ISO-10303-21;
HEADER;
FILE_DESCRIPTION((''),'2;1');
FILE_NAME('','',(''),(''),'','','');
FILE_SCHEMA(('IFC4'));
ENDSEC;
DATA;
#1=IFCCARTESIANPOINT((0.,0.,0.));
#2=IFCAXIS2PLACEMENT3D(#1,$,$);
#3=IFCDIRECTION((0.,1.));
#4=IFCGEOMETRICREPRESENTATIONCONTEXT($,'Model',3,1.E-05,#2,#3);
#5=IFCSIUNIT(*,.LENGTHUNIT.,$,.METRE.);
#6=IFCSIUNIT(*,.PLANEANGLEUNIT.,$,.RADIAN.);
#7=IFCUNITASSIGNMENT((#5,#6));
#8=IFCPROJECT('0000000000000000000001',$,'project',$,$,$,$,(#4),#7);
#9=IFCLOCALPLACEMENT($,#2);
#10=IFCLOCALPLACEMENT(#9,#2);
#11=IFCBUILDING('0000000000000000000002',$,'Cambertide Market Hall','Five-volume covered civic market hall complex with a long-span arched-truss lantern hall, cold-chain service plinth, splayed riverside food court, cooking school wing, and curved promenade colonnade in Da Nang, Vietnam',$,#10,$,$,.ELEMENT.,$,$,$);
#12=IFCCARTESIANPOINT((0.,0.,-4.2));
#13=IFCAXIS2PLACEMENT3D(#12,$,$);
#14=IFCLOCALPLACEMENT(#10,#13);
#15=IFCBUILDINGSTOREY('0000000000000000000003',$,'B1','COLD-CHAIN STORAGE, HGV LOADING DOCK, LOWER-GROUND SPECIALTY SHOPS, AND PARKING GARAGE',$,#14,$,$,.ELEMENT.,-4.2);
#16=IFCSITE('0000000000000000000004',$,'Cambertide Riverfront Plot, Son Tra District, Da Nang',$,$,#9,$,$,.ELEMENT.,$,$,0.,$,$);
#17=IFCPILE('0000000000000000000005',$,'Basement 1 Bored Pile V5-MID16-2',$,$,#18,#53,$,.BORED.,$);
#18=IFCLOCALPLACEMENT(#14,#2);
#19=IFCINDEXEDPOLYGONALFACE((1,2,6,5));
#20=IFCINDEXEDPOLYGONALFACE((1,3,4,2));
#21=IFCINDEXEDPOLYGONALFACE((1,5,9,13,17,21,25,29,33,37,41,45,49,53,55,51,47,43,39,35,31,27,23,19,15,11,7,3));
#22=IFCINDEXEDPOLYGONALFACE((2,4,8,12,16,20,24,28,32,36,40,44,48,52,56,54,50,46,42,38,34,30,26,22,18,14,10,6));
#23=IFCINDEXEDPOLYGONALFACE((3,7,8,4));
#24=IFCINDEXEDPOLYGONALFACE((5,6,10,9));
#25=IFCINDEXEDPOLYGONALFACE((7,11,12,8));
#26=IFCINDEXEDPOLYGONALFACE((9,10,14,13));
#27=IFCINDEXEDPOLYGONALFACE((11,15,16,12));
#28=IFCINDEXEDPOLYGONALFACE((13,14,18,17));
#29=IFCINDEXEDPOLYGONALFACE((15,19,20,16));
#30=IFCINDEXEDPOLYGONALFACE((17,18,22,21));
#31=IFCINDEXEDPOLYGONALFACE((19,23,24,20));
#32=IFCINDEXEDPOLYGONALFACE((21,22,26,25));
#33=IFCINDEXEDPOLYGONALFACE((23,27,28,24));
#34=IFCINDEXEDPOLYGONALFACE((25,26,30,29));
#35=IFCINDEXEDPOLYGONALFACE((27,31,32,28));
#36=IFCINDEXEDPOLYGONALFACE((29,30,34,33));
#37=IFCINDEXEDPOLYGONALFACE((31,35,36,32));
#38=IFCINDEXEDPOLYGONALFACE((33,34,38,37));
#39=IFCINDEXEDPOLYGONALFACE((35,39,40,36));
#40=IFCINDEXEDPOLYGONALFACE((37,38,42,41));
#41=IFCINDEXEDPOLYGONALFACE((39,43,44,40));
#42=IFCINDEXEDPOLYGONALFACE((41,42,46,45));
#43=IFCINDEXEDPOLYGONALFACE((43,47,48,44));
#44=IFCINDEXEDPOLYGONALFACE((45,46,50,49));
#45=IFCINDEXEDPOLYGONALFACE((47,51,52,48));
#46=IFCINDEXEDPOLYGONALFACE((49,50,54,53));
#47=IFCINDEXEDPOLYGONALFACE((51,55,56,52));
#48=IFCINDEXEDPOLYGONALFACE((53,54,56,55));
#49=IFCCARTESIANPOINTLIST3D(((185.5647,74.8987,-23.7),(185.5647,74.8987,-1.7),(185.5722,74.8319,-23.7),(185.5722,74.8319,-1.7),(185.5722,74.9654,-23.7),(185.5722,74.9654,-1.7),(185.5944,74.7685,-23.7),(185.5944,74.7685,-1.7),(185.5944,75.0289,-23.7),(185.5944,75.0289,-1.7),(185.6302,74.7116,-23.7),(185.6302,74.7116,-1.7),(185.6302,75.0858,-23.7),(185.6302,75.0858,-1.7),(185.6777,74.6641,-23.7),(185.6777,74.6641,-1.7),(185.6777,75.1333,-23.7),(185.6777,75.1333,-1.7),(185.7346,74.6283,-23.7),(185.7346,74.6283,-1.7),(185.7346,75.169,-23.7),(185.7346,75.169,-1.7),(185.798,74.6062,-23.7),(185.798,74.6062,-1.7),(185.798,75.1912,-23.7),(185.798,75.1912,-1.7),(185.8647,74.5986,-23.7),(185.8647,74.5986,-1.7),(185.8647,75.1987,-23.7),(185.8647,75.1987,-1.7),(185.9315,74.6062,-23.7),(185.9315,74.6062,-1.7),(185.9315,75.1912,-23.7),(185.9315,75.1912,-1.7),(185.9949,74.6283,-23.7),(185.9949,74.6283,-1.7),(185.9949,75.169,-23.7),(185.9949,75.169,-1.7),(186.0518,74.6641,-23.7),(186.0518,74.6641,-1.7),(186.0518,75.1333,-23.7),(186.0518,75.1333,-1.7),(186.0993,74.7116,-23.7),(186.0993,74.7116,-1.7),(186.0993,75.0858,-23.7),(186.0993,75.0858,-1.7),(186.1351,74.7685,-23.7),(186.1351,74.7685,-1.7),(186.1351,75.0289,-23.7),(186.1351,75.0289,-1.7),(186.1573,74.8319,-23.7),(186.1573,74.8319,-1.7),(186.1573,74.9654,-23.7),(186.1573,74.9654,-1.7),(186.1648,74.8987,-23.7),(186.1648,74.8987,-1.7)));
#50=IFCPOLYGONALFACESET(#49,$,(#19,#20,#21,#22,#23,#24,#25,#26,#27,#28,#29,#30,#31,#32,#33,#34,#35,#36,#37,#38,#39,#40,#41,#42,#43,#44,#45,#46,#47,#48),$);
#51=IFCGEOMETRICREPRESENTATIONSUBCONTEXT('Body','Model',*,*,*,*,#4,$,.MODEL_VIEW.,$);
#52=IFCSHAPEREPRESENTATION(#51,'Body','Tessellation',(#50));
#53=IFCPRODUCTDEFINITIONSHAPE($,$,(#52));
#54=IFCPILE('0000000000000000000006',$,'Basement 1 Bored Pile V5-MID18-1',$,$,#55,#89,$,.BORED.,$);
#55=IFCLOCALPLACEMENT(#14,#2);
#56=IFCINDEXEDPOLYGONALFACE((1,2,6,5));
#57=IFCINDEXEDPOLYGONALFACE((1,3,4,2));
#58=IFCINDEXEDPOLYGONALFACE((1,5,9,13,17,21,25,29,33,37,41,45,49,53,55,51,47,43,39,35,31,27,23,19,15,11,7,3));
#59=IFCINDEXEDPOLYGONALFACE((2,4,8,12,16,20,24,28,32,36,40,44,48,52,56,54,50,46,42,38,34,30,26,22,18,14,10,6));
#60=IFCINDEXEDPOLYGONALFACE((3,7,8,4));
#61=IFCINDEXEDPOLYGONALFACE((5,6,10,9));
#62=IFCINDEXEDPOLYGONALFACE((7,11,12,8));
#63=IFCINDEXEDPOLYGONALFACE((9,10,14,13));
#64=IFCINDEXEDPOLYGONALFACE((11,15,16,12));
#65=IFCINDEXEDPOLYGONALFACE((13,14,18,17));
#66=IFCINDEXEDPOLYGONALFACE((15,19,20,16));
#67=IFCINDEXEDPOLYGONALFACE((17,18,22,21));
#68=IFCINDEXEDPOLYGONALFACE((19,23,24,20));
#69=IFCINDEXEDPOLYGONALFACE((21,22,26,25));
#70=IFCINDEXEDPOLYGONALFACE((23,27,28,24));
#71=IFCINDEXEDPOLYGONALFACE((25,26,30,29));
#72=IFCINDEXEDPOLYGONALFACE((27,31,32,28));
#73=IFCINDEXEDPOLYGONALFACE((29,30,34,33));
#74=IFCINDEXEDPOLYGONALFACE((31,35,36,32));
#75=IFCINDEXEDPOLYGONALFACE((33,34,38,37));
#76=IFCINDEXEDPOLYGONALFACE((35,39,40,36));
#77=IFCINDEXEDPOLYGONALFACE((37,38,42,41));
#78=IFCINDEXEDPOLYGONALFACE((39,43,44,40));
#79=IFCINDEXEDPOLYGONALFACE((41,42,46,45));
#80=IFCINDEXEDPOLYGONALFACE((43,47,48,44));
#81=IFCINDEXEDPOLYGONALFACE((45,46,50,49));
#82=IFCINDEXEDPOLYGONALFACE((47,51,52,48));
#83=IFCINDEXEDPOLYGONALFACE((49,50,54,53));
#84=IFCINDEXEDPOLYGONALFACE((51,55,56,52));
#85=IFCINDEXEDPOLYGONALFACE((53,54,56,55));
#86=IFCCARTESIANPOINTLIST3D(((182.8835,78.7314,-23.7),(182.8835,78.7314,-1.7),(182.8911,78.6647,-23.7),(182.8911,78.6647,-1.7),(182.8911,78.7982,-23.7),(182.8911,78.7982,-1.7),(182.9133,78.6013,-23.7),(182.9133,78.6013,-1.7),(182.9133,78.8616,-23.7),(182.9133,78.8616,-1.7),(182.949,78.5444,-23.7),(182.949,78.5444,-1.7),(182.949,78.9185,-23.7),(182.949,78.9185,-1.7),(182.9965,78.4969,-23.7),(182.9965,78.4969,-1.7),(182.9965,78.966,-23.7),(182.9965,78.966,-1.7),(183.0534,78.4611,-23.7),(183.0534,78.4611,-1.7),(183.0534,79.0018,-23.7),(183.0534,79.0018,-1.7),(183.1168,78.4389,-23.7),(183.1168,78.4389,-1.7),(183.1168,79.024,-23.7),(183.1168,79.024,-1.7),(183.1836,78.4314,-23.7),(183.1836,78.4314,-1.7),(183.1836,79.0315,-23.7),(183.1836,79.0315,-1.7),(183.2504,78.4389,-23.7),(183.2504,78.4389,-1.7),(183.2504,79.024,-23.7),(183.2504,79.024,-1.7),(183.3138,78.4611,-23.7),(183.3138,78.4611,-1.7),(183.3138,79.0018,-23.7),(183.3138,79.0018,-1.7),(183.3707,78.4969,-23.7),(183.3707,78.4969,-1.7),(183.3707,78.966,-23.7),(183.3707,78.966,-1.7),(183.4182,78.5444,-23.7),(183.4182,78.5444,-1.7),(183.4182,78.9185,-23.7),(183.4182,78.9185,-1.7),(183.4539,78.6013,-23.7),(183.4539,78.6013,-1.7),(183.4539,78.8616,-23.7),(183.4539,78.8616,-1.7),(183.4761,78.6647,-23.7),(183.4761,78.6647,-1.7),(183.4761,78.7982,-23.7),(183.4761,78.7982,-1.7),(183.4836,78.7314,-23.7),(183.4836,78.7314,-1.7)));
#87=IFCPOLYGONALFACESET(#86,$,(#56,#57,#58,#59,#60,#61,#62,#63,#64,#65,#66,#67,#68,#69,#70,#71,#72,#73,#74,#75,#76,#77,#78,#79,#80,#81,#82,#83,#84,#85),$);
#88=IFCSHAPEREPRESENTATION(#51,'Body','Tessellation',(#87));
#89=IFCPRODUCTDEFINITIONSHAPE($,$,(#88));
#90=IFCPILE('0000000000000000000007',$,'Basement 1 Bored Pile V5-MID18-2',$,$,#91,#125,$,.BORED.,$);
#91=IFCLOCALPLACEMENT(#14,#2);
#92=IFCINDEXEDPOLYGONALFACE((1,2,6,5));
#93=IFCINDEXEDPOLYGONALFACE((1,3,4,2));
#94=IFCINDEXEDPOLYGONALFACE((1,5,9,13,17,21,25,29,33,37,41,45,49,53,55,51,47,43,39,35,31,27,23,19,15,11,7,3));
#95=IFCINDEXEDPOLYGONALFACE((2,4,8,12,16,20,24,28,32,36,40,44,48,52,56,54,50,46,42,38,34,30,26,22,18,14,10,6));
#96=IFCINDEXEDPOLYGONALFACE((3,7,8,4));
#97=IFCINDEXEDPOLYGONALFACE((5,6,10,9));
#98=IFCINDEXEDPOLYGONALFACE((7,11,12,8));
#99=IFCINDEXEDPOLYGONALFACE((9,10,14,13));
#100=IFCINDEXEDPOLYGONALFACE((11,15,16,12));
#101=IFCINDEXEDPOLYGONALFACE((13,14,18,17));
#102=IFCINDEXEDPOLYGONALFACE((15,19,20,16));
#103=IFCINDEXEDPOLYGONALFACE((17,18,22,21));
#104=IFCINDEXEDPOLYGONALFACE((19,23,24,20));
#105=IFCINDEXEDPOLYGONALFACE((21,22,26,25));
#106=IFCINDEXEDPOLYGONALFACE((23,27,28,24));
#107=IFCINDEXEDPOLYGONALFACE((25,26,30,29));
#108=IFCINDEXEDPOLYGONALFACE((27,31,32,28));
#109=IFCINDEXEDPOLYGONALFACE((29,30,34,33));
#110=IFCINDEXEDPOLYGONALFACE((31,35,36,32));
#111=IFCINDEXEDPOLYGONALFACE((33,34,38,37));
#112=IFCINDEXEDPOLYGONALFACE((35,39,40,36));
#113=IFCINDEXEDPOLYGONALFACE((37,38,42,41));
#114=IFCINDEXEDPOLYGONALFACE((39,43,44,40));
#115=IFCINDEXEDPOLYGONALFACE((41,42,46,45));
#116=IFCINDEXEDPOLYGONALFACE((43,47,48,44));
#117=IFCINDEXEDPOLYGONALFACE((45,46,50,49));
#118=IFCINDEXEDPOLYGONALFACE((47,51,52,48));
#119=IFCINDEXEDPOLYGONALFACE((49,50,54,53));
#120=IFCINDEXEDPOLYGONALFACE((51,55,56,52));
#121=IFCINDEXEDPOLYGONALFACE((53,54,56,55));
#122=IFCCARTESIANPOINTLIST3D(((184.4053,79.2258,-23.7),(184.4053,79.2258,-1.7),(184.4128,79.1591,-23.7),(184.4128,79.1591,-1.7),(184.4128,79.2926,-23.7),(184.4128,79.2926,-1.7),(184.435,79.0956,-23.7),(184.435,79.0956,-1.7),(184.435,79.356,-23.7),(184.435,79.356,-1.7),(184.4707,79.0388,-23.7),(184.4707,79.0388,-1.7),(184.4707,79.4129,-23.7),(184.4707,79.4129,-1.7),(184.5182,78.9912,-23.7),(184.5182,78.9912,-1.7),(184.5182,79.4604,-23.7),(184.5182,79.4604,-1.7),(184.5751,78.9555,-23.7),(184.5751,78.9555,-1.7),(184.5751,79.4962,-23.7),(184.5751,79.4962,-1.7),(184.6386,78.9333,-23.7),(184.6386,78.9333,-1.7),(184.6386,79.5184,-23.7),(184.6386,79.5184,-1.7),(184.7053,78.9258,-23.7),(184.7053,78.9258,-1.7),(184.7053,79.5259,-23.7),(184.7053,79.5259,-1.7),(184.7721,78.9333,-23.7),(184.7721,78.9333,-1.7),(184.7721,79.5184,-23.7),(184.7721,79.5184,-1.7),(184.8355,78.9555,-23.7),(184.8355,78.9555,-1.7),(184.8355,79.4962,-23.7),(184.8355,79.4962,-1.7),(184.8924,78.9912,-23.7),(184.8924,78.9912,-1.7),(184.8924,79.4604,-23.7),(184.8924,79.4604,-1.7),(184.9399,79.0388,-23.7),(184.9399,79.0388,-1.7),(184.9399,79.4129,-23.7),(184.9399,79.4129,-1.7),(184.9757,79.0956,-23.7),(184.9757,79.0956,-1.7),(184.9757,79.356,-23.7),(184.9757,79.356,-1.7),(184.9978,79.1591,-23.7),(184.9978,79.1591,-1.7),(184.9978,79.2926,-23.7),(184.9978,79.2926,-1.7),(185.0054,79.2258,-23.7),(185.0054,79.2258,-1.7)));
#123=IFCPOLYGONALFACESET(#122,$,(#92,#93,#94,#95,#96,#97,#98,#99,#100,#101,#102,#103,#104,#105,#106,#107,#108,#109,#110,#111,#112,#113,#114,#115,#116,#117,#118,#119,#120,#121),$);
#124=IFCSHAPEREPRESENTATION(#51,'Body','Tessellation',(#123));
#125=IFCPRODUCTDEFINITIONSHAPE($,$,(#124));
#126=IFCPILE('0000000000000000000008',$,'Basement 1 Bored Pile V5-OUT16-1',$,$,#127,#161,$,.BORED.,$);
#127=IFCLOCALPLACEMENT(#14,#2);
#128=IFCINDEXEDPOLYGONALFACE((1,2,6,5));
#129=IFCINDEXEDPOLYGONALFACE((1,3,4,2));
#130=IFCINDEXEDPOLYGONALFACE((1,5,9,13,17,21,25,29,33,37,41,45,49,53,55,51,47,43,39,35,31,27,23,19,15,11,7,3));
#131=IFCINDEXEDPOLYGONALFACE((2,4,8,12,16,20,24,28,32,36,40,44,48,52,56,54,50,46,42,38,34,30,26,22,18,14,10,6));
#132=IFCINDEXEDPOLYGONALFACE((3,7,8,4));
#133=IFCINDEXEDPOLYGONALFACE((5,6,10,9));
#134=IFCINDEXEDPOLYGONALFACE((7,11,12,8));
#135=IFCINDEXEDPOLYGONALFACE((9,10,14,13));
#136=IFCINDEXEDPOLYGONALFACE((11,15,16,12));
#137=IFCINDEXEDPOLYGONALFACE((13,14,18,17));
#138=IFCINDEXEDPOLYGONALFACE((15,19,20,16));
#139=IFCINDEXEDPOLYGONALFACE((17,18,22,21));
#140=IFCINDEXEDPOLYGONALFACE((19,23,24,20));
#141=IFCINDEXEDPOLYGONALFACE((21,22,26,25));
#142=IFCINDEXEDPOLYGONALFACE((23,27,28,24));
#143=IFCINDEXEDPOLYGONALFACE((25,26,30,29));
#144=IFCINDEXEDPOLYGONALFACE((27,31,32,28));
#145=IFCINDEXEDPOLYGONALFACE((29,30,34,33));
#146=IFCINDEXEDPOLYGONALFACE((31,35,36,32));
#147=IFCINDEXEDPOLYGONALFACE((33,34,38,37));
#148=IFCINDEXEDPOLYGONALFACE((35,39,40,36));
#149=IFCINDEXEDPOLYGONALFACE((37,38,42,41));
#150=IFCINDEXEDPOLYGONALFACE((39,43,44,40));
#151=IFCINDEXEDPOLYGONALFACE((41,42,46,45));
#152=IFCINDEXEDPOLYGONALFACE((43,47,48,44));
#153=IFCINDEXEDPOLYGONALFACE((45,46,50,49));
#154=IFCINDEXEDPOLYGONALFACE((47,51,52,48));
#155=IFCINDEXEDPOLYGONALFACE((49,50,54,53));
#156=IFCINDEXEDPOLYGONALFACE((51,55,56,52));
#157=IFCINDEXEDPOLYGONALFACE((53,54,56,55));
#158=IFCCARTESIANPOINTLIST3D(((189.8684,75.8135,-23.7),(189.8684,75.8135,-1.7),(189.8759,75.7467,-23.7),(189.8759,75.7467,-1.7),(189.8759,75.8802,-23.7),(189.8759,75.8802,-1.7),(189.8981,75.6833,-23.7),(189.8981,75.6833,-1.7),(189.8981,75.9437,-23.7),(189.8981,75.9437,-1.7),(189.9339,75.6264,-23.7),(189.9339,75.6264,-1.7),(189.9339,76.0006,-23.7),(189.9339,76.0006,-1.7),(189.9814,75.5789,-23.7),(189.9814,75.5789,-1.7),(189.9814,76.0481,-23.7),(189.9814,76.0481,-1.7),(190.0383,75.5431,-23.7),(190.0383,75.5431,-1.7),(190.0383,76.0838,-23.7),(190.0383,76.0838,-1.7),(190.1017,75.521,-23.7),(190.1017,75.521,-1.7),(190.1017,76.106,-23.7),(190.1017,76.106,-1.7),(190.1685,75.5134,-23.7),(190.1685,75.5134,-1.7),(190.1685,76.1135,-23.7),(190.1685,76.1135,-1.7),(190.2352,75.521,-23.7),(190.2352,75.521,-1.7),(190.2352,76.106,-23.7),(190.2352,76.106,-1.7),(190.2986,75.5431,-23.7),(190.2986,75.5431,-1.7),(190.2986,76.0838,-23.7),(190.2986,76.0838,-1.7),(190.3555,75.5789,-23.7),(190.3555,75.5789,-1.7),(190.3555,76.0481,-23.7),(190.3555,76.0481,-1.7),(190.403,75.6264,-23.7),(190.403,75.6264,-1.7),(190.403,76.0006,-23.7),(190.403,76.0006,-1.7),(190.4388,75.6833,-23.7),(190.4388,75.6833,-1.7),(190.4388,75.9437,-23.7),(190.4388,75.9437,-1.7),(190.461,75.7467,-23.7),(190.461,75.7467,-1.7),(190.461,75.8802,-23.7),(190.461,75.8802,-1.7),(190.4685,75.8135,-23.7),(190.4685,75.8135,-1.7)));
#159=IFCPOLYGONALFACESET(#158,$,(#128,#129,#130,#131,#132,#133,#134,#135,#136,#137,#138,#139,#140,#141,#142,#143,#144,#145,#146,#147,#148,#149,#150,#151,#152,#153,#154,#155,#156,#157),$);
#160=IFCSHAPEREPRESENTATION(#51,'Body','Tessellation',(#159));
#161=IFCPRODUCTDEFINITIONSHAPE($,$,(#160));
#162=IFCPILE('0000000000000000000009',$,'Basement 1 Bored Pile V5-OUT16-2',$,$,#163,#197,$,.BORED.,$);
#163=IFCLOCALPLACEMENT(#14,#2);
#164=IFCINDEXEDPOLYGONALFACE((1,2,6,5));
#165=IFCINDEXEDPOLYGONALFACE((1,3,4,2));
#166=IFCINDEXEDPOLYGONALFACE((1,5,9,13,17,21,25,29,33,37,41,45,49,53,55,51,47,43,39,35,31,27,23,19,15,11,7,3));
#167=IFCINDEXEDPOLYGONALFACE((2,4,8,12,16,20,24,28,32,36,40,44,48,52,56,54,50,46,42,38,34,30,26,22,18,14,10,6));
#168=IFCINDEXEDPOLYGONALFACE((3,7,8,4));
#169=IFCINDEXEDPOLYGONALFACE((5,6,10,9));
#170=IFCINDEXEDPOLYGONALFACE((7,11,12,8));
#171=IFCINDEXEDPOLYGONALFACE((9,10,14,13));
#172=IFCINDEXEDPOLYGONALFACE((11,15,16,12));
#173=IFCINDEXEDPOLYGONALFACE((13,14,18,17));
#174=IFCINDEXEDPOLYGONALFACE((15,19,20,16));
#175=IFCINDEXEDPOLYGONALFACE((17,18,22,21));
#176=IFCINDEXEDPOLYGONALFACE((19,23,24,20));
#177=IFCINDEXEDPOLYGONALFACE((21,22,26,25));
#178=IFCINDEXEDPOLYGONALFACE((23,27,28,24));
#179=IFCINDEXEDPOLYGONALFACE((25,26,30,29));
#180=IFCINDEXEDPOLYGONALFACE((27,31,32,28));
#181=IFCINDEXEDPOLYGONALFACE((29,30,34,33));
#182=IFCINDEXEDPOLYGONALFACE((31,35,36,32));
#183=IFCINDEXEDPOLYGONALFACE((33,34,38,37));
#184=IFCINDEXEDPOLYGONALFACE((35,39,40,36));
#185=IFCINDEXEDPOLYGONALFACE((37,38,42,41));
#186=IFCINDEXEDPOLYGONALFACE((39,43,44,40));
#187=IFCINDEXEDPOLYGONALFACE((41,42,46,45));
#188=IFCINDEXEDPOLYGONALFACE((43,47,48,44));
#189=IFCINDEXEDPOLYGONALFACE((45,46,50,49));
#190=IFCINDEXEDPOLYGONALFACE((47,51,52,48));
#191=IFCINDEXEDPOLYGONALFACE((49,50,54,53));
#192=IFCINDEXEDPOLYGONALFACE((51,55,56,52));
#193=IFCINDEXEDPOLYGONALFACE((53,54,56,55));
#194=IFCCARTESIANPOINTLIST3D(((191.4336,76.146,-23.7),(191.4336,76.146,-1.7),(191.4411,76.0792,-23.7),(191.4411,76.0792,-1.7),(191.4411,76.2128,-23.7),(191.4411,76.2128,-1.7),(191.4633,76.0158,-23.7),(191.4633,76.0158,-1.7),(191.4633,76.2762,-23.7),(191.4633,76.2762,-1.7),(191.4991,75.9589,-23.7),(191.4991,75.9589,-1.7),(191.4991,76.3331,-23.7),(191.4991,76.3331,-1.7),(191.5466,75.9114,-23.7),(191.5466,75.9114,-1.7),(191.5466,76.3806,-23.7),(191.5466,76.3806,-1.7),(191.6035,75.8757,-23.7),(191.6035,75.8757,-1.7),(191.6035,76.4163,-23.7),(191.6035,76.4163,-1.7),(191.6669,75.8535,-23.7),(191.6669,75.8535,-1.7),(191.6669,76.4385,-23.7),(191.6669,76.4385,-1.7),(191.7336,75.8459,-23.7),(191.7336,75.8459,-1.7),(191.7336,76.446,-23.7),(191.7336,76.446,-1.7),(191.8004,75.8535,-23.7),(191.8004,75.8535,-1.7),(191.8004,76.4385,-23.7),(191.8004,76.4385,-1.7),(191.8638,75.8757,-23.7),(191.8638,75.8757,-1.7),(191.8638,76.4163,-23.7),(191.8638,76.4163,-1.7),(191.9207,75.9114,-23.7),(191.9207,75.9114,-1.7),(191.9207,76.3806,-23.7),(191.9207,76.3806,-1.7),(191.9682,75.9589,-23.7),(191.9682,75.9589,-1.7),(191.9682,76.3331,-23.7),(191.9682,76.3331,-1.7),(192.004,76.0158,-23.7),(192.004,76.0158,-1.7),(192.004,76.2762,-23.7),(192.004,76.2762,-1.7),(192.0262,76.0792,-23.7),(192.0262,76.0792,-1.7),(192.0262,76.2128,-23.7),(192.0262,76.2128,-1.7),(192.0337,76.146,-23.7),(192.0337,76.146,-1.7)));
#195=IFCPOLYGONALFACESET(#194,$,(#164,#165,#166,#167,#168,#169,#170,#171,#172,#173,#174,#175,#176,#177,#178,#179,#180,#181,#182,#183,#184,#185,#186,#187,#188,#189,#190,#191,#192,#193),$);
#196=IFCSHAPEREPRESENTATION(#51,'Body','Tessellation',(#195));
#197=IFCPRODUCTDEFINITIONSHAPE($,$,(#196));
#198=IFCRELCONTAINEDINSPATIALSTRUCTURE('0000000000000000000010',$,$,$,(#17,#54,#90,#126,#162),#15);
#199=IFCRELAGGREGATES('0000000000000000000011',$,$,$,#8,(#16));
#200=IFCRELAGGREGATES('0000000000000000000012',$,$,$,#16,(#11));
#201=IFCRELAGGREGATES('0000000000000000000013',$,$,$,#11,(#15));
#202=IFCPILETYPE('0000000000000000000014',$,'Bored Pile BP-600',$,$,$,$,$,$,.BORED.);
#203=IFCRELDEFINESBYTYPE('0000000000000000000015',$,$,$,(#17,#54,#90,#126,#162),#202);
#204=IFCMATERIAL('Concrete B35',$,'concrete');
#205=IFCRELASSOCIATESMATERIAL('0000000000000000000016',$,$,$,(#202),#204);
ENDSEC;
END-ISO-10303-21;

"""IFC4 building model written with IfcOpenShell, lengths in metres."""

from ifc_helpers import new_model, si_unit, direction, frame, origin, origin_2d, place, context, subcontext, project, spatial, circle, extrude, material, material_profile, profile_set, type_object, element, save


model = new_model("IFC4")

# Units and contexts
model_context = context("Model", 3, precision=1e-05, world=origin(), true_north=direction((0.0, 1.0)))
body_context = subcontext(model_context, "Body", "Model", "MODEL_VIEW")
ifc_project = project(units=[si_unit("LENGTHUNIT", "METRE"), si_unit("PLANEANGLEUNIT", "RADIAN")], contexts=[model_context])

# Site, building, storey
site_placement = place(None, origin())
site = spatial("IfcSite", under=ifc_project, at=site_placement, Name="Cambertide Riverfront Plot, Son Tra District, Da Nang", CompositionType="ELEMENT", RefElevation=0.0)
building_placement = place(site_placement, origin())
building = spatial("IfcBuilding", under=site, at=building_placement, Name="Cambertide Market Hall", Description="Five-volume covered civic market hall complex with a long-span arched-truss lantern hall, cold-chain service plinth, splayed riverside food court, cooking school wing, and curved promenade colonnade in Da Nang, Vietnam", CompositionType="ELEMENT")
storey_placement = place(building_placement, frame((0.0, 0.0, -4.2)))
storey = spatial("IfcBuildingStorey", under=building, at=storey_placement, Name="B1", Description="COLD-CHAIN STORAGE, HGV LOADING DOCK, LOWER-GROUND SPECIALTY SHOPS, AND PARKING GARAGE", CompositionType="ELEMENT", Elevation=-4.2)

# Piles
ifc_material_1 = material(Name="Concrete B35", Category="concrete")
ifc_material_profile_1 = material_profile(ifc_material_1, circle(Radius=0.3, at=origin_2d()), Name="BP D600")
ifc_profile_set_1 = profile_set([ifc_material_profile_1], Name="Concrete B35")
pile_type_1 = type_object("IfcPileType", Name="Bored Pile BP-600", PredefinedType="BORED", material=ifc_profile_set_1)
for number, where, z_axis, x_axis, name in (
    (1, (185.8647, 74.8987, -1.7), (0.0, 0.0, -1.0), (1.0, 0.0, 0.0), "Basement 1 Bored Pile V5-MID16-2"),
    (2, (183.1836, 78.7314, -1.7), (0.0, 0.0, -1.0), (1.0, 0.0, 0.0), "Basement 1 Bored Pile V5-MID18-1"),
    (3, (184.7053, 79.2258, -1.7), (0.0, 0.0, -1.0), (1.0, 0.0, 0.0), "Basement 1 Bored Pile V5-MID18-2"),
    (4, (190.1685, 75.8135, -1.7), (0.0, 0.0, -1.0), (1.0, 0.0, 0.0), "Basement 1 Bored Pile V5-OUT16-1"),
    (5, (191.7336, 76.146, -1.7), (0.0, 0.0, -1.0), (1.0, 0.0, 0.0), "Basement 1 Bored Pile V5-OUT16-2"),
):
    element("IfcPile", number, at=place(storey_placement, frame(where, z_axis=z_axis, x_axis=x_axis)), inside=storey, type_object=pile_type_1, Name=name, PredefinedType="BORED", context=body_context, shape_type="SweptSolid", body=[
        extrude(circle(Radius=0.3, at=origin_2d()), origin(), (0.0, 0.0, 1.0), 22.0),
    ])

save(model, "model.ifc")
